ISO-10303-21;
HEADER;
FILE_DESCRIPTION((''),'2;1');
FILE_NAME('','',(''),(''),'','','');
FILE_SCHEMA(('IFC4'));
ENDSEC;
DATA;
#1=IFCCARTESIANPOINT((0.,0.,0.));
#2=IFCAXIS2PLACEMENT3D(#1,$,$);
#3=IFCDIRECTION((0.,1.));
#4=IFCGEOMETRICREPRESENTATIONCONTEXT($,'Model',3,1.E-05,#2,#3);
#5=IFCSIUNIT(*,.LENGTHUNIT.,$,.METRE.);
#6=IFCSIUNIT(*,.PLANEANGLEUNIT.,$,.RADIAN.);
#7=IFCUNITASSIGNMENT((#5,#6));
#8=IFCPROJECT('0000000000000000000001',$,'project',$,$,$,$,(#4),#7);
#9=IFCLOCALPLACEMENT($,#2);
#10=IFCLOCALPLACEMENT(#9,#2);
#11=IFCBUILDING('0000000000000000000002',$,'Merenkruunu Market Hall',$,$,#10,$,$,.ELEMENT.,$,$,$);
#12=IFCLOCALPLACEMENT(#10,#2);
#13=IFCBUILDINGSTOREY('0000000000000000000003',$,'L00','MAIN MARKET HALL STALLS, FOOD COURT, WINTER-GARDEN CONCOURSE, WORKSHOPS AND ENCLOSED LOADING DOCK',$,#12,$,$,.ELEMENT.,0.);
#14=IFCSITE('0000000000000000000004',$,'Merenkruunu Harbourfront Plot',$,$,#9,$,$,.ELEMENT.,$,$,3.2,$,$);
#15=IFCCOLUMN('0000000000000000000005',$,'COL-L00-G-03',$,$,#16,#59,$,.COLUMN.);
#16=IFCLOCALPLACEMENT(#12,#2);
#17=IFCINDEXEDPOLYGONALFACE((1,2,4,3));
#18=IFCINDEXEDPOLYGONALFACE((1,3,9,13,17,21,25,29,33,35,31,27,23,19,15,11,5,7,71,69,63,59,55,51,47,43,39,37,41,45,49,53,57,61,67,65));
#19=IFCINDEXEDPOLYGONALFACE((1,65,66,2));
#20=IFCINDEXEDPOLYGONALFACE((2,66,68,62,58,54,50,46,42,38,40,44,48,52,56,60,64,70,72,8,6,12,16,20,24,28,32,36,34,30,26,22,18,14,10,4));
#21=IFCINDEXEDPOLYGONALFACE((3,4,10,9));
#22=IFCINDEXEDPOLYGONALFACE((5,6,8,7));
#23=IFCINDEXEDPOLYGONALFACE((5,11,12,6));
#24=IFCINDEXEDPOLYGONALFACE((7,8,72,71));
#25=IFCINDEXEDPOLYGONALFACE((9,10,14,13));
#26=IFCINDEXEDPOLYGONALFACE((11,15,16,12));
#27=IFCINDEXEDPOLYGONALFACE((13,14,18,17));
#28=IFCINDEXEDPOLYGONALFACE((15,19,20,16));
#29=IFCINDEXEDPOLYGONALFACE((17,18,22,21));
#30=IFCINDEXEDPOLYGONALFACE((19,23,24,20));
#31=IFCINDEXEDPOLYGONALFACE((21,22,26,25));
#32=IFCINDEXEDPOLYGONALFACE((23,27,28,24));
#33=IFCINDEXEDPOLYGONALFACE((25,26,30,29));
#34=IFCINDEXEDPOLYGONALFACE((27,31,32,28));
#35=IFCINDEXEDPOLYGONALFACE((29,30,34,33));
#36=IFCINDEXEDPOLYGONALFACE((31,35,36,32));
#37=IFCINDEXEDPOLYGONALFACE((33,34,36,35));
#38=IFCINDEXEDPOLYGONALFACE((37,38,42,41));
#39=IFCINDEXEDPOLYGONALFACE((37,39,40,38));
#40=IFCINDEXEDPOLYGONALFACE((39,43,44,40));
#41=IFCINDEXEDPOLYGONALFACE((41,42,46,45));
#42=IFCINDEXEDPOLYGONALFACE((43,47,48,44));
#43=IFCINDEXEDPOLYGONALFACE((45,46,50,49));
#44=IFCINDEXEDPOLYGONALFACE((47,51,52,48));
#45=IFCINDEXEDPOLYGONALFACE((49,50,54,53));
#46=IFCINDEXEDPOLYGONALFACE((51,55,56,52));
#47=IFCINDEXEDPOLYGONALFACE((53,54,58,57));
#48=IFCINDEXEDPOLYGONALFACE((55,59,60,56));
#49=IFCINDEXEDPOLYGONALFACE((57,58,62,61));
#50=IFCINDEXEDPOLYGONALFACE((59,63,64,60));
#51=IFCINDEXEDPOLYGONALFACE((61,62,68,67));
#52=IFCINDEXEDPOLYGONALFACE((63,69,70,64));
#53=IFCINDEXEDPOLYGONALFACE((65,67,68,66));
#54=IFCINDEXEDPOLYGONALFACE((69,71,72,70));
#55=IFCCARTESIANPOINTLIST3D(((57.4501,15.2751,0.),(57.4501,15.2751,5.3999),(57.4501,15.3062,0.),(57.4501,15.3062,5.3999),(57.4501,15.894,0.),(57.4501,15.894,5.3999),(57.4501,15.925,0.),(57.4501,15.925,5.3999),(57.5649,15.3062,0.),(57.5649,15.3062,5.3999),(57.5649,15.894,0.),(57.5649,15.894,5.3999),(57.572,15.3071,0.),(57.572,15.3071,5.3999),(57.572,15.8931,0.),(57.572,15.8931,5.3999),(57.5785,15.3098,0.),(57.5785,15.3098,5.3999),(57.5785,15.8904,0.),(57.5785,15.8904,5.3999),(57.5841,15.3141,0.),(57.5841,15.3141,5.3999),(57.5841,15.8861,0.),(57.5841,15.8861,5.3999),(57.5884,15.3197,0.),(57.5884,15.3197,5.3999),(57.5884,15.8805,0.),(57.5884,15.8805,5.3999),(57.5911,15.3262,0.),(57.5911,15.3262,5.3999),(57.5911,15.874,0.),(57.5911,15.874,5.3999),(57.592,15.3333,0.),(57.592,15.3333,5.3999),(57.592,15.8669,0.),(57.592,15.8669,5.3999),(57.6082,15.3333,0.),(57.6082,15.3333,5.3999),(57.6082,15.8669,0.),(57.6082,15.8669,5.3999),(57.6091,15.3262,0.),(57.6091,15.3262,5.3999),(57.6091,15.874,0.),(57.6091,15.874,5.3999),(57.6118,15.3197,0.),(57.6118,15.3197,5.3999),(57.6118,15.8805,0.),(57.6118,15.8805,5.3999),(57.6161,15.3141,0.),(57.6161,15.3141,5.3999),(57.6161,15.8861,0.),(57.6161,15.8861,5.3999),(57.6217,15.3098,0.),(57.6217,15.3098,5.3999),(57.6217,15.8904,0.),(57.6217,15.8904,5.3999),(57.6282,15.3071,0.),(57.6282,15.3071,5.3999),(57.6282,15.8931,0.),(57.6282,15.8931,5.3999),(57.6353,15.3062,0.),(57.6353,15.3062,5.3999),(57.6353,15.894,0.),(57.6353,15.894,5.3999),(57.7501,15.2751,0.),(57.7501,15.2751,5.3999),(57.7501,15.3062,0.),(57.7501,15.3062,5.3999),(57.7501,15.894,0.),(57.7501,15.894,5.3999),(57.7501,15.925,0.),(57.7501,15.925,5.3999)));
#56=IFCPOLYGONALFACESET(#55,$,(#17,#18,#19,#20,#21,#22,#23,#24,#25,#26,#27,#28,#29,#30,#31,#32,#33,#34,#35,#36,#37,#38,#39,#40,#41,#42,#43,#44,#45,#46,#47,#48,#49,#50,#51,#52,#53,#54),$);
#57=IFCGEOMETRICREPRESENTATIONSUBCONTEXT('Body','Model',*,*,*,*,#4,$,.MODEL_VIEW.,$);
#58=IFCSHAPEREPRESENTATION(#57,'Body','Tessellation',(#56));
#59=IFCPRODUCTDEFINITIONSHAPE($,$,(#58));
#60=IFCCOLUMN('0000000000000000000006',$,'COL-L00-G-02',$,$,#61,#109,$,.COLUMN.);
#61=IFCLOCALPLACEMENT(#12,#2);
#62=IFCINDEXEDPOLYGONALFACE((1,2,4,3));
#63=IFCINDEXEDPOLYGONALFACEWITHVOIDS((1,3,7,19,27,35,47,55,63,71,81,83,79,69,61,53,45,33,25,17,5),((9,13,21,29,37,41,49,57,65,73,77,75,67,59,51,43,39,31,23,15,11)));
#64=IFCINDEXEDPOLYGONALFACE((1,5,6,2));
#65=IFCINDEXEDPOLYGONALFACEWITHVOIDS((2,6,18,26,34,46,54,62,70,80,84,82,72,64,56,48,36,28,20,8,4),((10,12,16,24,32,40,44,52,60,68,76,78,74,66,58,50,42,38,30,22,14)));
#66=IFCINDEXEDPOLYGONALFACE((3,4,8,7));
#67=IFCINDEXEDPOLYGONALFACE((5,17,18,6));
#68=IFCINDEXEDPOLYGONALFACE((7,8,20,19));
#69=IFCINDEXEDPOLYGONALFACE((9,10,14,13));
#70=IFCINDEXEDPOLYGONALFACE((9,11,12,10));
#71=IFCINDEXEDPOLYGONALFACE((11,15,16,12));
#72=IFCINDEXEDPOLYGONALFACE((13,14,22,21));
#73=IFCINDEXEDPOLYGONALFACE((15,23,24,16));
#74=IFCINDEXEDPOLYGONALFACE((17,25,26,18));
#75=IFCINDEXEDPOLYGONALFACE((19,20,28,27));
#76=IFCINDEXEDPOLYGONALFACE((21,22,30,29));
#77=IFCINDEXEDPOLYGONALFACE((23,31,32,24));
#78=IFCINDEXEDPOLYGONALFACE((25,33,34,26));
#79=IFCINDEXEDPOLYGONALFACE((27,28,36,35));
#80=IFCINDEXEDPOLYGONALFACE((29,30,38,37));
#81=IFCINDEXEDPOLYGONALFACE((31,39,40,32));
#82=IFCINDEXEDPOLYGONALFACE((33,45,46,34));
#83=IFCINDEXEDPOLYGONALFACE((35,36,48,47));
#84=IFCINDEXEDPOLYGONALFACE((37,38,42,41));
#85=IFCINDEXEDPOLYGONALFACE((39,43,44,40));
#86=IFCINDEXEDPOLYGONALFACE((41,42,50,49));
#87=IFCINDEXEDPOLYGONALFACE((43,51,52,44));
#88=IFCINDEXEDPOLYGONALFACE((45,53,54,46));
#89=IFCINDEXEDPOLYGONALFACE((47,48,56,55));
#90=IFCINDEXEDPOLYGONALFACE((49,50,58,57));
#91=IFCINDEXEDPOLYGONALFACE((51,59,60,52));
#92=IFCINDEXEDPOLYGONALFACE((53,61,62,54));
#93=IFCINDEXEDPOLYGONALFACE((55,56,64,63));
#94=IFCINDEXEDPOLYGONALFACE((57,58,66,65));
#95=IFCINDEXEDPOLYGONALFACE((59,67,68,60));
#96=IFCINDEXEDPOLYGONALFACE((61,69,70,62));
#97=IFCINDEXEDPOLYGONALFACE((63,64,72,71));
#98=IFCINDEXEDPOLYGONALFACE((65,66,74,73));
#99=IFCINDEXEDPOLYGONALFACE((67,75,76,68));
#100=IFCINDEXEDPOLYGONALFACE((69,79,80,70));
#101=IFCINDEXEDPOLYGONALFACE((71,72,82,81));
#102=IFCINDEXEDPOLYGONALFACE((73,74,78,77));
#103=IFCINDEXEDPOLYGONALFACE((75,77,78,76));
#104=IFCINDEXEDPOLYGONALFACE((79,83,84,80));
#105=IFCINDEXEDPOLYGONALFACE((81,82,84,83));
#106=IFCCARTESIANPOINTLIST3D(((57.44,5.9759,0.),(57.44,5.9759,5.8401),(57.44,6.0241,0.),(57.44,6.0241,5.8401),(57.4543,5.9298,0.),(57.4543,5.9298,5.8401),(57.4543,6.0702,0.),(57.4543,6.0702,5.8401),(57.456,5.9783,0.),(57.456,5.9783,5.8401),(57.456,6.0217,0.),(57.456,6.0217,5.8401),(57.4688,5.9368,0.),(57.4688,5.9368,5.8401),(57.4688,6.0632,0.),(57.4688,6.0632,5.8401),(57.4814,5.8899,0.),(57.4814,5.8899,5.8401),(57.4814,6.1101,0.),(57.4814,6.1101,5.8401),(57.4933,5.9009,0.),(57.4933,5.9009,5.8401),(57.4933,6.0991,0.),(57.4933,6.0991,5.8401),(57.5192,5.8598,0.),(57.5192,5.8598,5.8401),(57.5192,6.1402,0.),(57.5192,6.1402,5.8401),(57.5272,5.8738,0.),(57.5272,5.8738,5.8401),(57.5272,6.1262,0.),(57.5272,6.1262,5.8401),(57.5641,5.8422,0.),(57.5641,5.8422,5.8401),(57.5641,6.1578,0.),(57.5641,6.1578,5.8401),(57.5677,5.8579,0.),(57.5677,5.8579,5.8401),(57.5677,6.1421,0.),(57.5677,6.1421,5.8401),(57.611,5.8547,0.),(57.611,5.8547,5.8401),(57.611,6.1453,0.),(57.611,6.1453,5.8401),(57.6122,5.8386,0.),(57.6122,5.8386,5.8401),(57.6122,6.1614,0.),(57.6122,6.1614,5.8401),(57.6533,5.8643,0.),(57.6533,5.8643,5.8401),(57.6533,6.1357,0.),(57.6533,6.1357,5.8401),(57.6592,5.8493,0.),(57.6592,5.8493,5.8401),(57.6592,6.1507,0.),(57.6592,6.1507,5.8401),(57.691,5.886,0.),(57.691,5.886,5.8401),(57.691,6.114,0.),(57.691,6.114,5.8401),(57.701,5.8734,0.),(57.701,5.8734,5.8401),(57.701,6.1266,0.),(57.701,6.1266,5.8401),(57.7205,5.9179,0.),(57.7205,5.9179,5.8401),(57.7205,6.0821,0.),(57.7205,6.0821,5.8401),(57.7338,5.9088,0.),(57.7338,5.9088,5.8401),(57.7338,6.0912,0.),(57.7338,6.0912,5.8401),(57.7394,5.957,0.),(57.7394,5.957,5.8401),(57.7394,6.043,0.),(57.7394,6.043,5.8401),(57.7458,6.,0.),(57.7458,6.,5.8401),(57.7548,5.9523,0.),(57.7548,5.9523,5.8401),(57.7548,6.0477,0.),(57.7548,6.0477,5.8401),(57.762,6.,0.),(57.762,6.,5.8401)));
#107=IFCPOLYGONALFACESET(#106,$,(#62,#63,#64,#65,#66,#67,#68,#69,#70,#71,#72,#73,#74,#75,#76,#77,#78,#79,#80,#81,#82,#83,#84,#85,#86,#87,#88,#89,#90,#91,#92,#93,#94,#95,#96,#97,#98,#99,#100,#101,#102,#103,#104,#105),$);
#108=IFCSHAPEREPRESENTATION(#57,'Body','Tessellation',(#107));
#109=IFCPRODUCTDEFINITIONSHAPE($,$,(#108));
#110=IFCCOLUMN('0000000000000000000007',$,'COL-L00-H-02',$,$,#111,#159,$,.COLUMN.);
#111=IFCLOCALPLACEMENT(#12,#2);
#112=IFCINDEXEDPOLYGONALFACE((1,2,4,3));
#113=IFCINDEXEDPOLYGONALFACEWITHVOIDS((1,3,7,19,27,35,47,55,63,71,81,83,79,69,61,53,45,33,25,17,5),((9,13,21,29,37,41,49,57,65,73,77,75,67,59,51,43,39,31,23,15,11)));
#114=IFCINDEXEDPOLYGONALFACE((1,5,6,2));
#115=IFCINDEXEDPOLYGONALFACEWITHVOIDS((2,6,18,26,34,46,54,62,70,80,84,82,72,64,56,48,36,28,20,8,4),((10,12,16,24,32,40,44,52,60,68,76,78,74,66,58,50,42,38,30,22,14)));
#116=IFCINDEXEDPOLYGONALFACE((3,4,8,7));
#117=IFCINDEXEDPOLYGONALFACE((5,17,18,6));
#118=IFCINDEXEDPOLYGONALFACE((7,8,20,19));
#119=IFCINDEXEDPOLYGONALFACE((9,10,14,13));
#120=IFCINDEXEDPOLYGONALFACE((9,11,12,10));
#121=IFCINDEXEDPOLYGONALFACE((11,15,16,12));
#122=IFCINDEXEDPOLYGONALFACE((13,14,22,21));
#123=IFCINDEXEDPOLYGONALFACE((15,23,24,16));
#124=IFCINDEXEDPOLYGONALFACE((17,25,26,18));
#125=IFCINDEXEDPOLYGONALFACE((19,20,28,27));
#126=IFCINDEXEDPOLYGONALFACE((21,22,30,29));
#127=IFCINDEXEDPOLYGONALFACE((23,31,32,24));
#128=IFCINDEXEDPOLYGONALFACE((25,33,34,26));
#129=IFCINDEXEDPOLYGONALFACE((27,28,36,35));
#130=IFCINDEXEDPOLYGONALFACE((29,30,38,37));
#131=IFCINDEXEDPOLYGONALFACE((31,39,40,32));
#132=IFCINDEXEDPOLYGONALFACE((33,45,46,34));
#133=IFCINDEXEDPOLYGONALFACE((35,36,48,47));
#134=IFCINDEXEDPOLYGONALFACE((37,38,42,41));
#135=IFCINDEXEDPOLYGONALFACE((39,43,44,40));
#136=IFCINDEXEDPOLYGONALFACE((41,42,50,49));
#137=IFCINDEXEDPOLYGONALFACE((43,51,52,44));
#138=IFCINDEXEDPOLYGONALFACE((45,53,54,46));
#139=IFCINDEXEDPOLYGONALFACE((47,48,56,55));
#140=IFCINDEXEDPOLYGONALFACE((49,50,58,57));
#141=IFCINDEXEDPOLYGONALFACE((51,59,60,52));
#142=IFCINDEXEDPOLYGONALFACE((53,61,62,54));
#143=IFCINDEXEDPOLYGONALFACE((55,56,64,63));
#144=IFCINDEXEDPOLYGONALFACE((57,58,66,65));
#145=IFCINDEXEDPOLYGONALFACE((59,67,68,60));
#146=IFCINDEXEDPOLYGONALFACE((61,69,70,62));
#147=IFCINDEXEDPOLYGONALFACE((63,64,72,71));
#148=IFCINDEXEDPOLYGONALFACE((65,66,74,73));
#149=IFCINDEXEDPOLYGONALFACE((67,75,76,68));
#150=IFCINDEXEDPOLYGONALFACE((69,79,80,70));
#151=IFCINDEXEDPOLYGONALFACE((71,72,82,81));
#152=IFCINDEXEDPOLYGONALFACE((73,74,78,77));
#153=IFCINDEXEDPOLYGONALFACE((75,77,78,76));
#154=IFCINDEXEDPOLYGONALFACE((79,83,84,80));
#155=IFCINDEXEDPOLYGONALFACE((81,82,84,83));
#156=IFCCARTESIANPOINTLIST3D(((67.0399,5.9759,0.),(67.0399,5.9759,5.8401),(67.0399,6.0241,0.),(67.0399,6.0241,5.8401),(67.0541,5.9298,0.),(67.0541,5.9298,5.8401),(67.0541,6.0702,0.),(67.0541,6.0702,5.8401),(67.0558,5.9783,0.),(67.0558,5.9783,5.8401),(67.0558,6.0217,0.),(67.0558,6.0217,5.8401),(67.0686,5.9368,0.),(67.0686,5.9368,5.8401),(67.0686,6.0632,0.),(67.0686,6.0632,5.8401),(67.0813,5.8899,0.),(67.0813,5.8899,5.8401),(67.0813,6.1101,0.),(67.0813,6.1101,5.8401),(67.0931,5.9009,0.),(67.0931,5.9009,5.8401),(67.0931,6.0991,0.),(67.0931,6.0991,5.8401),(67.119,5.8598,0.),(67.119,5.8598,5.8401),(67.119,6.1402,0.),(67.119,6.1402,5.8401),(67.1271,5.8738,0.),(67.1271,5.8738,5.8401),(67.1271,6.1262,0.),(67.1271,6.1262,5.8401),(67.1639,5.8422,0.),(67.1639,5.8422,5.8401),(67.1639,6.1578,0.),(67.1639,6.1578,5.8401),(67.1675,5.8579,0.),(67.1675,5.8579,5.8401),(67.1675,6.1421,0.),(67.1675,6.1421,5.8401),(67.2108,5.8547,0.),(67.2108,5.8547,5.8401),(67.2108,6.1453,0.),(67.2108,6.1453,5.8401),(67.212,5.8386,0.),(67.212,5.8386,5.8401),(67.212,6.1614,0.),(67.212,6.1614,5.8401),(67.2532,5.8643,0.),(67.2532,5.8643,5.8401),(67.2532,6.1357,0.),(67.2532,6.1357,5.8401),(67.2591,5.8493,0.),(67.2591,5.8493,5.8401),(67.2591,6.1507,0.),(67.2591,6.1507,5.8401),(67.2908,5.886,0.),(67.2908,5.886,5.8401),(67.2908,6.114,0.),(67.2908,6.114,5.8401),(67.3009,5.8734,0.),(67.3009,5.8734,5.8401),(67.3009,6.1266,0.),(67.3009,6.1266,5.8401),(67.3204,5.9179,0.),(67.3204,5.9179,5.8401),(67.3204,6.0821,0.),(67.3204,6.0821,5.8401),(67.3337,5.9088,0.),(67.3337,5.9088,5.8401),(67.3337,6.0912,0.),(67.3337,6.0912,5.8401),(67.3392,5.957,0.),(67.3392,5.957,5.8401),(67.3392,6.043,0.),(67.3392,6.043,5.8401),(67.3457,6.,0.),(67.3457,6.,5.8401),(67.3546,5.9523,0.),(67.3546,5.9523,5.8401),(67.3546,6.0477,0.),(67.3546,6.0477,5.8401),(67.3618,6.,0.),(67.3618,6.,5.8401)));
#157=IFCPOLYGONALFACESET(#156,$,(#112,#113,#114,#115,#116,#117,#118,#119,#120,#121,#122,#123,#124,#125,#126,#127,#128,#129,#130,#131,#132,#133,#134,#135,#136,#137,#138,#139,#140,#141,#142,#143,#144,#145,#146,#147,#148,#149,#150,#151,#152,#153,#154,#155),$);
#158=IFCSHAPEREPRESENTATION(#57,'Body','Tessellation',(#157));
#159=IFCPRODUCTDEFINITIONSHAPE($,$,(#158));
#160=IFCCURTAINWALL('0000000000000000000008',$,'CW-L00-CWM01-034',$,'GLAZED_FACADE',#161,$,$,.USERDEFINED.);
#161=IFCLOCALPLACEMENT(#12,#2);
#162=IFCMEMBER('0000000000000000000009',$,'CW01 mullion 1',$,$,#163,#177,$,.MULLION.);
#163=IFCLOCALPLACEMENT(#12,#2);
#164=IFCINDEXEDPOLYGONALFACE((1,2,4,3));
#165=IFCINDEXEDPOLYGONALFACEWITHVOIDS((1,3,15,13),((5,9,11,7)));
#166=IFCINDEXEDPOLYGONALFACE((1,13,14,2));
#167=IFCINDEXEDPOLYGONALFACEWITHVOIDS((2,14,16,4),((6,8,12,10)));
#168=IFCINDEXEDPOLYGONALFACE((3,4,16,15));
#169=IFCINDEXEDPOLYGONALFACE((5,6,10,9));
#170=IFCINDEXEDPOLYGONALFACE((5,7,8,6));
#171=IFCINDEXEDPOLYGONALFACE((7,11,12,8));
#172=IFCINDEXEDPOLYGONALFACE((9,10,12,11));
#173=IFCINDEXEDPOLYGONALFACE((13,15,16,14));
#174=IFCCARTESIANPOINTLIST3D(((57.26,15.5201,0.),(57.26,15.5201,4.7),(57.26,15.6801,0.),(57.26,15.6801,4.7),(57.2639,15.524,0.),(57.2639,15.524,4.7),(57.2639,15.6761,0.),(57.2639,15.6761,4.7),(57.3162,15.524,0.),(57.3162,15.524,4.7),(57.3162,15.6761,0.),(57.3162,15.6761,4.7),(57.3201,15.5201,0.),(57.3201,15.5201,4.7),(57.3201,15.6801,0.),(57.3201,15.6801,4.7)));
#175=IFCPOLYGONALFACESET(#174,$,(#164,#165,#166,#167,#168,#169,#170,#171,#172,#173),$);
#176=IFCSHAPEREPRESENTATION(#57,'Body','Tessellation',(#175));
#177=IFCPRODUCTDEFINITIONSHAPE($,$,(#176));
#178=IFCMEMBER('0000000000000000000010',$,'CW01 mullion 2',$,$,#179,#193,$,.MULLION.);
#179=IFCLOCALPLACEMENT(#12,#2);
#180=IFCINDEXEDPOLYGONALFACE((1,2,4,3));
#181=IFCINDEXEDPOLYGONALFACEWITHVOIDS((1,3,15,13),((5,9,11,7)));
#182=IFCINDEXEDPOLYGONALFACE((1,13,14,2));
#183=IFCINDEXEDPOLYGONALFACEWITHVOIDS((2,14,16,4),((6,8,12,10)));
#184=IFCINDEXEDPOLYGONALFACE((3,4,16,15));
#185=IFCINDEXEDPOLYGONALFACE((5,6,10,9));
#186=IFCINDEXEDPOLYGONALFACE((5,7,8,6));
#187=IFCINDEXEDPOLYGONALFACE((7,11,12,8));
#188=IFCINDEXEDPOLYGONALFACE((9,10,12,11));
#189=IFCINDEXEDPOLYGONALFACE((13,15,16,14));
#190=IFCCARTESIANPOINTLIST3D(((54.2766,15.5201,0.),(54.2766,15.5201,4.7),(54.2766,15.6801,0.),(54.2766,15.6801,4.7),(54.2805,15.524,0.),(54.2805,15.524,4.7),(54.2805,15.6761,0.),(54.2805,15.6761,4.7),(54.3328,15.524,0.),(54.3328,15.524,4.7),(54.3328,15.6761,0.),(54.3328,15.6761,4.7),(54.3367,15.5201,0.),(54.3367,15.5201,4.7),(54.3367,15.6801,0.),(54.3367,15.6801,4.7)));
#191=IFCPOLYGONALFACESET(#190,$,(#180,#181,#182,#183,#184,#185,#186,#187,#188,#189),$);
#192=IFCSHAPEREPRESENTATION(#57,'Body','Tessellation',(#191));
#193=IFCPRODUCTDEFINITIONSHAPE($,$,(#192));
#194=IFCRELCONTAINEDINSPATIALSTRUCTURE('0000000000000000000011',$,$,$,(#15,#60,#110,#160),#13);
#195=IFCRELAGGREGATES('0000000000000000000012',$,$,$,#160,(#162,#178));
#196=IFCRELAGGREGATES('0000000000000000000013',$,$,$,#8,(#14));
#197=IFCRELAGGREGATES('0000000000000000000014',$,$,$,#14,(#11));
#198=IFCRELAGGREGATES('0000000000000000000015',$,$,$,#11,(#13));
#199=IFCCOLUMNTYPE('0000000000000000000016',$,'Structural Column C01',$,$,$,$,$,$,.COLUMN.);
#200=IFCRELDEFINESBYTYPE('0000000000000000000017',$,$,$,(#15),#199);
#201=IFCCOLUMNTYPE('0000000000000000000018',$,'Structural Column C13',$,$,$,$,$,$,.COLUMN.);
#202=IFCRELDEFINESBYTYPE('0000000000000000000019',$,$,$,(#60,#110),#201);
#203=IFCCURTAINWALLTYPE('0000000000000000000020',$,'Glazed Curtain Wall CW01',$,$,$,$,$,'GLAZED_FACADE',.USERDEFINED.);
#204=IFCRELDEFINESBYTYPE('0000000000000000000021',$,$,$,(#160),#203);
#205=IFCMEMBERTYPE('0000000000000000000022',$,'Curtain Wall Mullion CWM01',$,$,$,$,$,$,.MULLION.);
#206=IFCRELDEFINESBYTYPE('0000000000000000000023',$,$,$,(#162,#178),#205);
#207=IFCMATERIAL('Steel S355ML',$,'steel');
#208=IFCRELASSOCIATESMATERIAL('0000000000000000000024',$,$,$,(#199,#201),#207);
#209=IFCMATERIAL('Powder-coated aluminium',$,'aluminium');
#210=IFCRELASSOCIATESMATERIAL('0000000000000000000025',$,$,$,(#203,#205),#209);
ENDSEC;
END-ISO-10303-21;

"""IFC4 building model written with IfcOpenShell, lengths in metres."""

from ifc_helpers import new_model, si_unit, direction, frame, origin, origin_2d, place, context, subcontext, project, spatial, hollow_rectangle, hollow_circle, i_section, extrude, material, material_profile, profile_set, type_object, element, aggregate, save


model = new_model("IFC4")

# Units and contexts
model_context = context("Model", 3, precision=1e-05, world=origin(), true_north=direction((0.0, 1.0)))
body_context = subcontext(model_context, "Body", "Model", "MODEL_VIEW")
ifc_project = project(units=[si_unit("LENGTHUNIT", "METRE"), si_unit("PLANEANGLEUNIT", "RADIAN")], contexts=[model_context])

# Site, building, storey
site_placement = place(None, origin())
site = spatial("IfcSite", under=ifc_project, at=site_placement, Name="Merenkruunu Harbourfront Plot", CompositionType="ELEMENT", RefElevation=3.2)
building_placement = place(site_placement, origin())
building = spatial("IfcBuilding", under=site, at=building_placement, Name="Merenkruunu Market Hall", CompositionType="ELEMENT")
storey_placement = place(building_placement, origin())
storey = spatial("IfcBuildingStorey", under=building, at=storey_placement, Name="L00", Description="MAIN MARKET HALL STALLS, FOOD COURT, WINTER-GARDEN CONCOURSE, WORKSHOPS AND ENCLOSED LOADING DOCK", CompositionType="ELEMENT", Elevation=0.0)

# Columns
ifc_material_1 = material(Name="Steel S355ML", Category="steel")
ifc_material_profile_1 = material_profile(ifc_material_1, i_section(OverallWidth=0.3, OverallDepth=0.6499, WebThickness=0.0161, FlangeThickness=0.031, FilletRadius=0.0271, at=origin_2d()), Name="HEB 650")
ifc_profile_set_1 = profile_set([ifc_material_profile_1], Name="Steel S355ML")
column_type_1 = type_object("IfcColumnType", Name="Structural Column C01", PredefinedType="COLUMN", material=ifc_profile_set_1)
column_placement = place(storey_placement, frame((57.6001, 15.6001, 0.0), z_axis=(0.0, 0.0, 1.0), x_axis=(1.0, 0.0, 0.0)))
element("IfcColumn", 1, at=column_placement, inside=storey, type_object=column_type_1, Name="COL-L00-G-03", PredefinedType="COLUMN", context=body_context, shape_type="SweptSolid", body=[
    extrude(i_section(OverallWidth=0.3, OverallDepth=0.6499, WebThickness=0.0161, FlangeThickness=0.031, FilletRadius=0.0271, at=origin_2d()), origin(), (0.0, 0.0, 1.0), 5.3999),
])
ifc_material_profile_2 = material_profile(ifc_material_1, hollow_circle(Radius=0.1619, WallThickness=0.0161, at=origin_2d()), Name="CHS 323.9x16")
ifc_profile_set_2 = profile_set([ifc_material_profile_2], Name="Steel S355ML")
column_type_2 = type_object("IfcColumnType", Name="Structural Column C13", PredefinedType="COLUMN", material=ifc_profile_set_2)
for number, where, z_axis, x_axis, name in (
    (2, (57.6001, 6.0, 0.0), (0.0, 0.0, 1.0), (1.0, 0.0, 0.0), "COL-L00-G-02"),
    (3, (67.2, 6.0, 0.0), (0.0, 0.0, 1.0), (1.0, 0.0, 0.0), "COL-L00-H-02"),
):
    element("IfcColumn", number, at=place(storey_placement, frame(where, z_axis=z_axis, x_axis=x_axis)), inside=storey, type_object=column_type_2, Name=name, PredefinedType="COLUMN", context=body_context, shape_type="SweptSolid", body=[
        extrude(hollow_circle(Radius=0.1619, WallThickness=0.0161, at=origin_2d()), origin(), (0.0, 0.0, 1.0), 5.8401),
    ])

# Curtain wall, members
ifc_material_2 = material(Name="Powder-coated aluminium", Category="aluminium")
curtain_wall_type_1 = type_object("IfcCurtainWallType", Name="Glazed Curtain Wall CW01", ElementType="GLAZED_FACADE", PredefinedType="USERDEFINED", material=ifc_material_2)
curtain_wall_1_placement = place(storey_placement, origin())
curtain_wall_1 = element("IfcCurtainWall", 4, at=curtain_wall_1_placement, inside=storey, type_object=curtain_wall_type_1, Name="CW-L00-CWM01-034", ObjectType="GLAZED_FACADE", PredefinedType="USERDEFINED")
ifc_material_profile_3 = material_profile(ifc_material_2, hollow_rectangle(XDim=0.0601, YDim=0.1599, WallThickness=0.0039, at=origin_2d()), Name="ALU 60x160x4")
ifc_profile_set_3 = profile_set([ifc_material_profile_3], Name="Powder-coated aluminium")
member_type_1 = type_object("IfcMemberType", Name="Curtain Wall Mullion CWM01", PredefinedType="MULLION", material=ifc_profile_set_3)
member_1_placement = place(storey_placement, frame((57.29, 15.6001, 0.0), z_axis=(0.0, 0.0, 1.0), x_axis=(-1.0, 0.0, 0.0)))
member_1 = element("IfcMember", 5, at=member_1_placement, type_object=member_type_1, Name="CW01 mullion 1", PredefinedType="MULLION", context=body_context, shape_type="SweptSolid", body=[
    extrude(hollow_rectangle(XDim=0.0601, YDim=0.1599, WallThickness=0.0039, at=origin_2d()), origin(), (0.0, 0.0, 1.0), 4.7),
])
member_2_placement = place(storey_placement, frame((54.3066, 15.6001, 0.0), z_axis=(0.0, 0.0, 1.0), x_axis=(-1.0, 0.0, 0.0)))
member_2 = element("IfcMember", 6, at=member_2_placement, type_object=member_type_1, Name="CW01 mullion 2", PredefinedType="MULLION", context=body_context, shape_type="SweptSolid", body=[
    extrude(hollow_rectangle(XDim=0.0601, YDim=0.1599, WallThickness=0.0039, at=origin_2d()), origin(), (0.0, 0.0, 1.0), 4.7),
])

aggregate(curtain_wall_1, [member_1, member_2])

save(model, "model.ifc")
